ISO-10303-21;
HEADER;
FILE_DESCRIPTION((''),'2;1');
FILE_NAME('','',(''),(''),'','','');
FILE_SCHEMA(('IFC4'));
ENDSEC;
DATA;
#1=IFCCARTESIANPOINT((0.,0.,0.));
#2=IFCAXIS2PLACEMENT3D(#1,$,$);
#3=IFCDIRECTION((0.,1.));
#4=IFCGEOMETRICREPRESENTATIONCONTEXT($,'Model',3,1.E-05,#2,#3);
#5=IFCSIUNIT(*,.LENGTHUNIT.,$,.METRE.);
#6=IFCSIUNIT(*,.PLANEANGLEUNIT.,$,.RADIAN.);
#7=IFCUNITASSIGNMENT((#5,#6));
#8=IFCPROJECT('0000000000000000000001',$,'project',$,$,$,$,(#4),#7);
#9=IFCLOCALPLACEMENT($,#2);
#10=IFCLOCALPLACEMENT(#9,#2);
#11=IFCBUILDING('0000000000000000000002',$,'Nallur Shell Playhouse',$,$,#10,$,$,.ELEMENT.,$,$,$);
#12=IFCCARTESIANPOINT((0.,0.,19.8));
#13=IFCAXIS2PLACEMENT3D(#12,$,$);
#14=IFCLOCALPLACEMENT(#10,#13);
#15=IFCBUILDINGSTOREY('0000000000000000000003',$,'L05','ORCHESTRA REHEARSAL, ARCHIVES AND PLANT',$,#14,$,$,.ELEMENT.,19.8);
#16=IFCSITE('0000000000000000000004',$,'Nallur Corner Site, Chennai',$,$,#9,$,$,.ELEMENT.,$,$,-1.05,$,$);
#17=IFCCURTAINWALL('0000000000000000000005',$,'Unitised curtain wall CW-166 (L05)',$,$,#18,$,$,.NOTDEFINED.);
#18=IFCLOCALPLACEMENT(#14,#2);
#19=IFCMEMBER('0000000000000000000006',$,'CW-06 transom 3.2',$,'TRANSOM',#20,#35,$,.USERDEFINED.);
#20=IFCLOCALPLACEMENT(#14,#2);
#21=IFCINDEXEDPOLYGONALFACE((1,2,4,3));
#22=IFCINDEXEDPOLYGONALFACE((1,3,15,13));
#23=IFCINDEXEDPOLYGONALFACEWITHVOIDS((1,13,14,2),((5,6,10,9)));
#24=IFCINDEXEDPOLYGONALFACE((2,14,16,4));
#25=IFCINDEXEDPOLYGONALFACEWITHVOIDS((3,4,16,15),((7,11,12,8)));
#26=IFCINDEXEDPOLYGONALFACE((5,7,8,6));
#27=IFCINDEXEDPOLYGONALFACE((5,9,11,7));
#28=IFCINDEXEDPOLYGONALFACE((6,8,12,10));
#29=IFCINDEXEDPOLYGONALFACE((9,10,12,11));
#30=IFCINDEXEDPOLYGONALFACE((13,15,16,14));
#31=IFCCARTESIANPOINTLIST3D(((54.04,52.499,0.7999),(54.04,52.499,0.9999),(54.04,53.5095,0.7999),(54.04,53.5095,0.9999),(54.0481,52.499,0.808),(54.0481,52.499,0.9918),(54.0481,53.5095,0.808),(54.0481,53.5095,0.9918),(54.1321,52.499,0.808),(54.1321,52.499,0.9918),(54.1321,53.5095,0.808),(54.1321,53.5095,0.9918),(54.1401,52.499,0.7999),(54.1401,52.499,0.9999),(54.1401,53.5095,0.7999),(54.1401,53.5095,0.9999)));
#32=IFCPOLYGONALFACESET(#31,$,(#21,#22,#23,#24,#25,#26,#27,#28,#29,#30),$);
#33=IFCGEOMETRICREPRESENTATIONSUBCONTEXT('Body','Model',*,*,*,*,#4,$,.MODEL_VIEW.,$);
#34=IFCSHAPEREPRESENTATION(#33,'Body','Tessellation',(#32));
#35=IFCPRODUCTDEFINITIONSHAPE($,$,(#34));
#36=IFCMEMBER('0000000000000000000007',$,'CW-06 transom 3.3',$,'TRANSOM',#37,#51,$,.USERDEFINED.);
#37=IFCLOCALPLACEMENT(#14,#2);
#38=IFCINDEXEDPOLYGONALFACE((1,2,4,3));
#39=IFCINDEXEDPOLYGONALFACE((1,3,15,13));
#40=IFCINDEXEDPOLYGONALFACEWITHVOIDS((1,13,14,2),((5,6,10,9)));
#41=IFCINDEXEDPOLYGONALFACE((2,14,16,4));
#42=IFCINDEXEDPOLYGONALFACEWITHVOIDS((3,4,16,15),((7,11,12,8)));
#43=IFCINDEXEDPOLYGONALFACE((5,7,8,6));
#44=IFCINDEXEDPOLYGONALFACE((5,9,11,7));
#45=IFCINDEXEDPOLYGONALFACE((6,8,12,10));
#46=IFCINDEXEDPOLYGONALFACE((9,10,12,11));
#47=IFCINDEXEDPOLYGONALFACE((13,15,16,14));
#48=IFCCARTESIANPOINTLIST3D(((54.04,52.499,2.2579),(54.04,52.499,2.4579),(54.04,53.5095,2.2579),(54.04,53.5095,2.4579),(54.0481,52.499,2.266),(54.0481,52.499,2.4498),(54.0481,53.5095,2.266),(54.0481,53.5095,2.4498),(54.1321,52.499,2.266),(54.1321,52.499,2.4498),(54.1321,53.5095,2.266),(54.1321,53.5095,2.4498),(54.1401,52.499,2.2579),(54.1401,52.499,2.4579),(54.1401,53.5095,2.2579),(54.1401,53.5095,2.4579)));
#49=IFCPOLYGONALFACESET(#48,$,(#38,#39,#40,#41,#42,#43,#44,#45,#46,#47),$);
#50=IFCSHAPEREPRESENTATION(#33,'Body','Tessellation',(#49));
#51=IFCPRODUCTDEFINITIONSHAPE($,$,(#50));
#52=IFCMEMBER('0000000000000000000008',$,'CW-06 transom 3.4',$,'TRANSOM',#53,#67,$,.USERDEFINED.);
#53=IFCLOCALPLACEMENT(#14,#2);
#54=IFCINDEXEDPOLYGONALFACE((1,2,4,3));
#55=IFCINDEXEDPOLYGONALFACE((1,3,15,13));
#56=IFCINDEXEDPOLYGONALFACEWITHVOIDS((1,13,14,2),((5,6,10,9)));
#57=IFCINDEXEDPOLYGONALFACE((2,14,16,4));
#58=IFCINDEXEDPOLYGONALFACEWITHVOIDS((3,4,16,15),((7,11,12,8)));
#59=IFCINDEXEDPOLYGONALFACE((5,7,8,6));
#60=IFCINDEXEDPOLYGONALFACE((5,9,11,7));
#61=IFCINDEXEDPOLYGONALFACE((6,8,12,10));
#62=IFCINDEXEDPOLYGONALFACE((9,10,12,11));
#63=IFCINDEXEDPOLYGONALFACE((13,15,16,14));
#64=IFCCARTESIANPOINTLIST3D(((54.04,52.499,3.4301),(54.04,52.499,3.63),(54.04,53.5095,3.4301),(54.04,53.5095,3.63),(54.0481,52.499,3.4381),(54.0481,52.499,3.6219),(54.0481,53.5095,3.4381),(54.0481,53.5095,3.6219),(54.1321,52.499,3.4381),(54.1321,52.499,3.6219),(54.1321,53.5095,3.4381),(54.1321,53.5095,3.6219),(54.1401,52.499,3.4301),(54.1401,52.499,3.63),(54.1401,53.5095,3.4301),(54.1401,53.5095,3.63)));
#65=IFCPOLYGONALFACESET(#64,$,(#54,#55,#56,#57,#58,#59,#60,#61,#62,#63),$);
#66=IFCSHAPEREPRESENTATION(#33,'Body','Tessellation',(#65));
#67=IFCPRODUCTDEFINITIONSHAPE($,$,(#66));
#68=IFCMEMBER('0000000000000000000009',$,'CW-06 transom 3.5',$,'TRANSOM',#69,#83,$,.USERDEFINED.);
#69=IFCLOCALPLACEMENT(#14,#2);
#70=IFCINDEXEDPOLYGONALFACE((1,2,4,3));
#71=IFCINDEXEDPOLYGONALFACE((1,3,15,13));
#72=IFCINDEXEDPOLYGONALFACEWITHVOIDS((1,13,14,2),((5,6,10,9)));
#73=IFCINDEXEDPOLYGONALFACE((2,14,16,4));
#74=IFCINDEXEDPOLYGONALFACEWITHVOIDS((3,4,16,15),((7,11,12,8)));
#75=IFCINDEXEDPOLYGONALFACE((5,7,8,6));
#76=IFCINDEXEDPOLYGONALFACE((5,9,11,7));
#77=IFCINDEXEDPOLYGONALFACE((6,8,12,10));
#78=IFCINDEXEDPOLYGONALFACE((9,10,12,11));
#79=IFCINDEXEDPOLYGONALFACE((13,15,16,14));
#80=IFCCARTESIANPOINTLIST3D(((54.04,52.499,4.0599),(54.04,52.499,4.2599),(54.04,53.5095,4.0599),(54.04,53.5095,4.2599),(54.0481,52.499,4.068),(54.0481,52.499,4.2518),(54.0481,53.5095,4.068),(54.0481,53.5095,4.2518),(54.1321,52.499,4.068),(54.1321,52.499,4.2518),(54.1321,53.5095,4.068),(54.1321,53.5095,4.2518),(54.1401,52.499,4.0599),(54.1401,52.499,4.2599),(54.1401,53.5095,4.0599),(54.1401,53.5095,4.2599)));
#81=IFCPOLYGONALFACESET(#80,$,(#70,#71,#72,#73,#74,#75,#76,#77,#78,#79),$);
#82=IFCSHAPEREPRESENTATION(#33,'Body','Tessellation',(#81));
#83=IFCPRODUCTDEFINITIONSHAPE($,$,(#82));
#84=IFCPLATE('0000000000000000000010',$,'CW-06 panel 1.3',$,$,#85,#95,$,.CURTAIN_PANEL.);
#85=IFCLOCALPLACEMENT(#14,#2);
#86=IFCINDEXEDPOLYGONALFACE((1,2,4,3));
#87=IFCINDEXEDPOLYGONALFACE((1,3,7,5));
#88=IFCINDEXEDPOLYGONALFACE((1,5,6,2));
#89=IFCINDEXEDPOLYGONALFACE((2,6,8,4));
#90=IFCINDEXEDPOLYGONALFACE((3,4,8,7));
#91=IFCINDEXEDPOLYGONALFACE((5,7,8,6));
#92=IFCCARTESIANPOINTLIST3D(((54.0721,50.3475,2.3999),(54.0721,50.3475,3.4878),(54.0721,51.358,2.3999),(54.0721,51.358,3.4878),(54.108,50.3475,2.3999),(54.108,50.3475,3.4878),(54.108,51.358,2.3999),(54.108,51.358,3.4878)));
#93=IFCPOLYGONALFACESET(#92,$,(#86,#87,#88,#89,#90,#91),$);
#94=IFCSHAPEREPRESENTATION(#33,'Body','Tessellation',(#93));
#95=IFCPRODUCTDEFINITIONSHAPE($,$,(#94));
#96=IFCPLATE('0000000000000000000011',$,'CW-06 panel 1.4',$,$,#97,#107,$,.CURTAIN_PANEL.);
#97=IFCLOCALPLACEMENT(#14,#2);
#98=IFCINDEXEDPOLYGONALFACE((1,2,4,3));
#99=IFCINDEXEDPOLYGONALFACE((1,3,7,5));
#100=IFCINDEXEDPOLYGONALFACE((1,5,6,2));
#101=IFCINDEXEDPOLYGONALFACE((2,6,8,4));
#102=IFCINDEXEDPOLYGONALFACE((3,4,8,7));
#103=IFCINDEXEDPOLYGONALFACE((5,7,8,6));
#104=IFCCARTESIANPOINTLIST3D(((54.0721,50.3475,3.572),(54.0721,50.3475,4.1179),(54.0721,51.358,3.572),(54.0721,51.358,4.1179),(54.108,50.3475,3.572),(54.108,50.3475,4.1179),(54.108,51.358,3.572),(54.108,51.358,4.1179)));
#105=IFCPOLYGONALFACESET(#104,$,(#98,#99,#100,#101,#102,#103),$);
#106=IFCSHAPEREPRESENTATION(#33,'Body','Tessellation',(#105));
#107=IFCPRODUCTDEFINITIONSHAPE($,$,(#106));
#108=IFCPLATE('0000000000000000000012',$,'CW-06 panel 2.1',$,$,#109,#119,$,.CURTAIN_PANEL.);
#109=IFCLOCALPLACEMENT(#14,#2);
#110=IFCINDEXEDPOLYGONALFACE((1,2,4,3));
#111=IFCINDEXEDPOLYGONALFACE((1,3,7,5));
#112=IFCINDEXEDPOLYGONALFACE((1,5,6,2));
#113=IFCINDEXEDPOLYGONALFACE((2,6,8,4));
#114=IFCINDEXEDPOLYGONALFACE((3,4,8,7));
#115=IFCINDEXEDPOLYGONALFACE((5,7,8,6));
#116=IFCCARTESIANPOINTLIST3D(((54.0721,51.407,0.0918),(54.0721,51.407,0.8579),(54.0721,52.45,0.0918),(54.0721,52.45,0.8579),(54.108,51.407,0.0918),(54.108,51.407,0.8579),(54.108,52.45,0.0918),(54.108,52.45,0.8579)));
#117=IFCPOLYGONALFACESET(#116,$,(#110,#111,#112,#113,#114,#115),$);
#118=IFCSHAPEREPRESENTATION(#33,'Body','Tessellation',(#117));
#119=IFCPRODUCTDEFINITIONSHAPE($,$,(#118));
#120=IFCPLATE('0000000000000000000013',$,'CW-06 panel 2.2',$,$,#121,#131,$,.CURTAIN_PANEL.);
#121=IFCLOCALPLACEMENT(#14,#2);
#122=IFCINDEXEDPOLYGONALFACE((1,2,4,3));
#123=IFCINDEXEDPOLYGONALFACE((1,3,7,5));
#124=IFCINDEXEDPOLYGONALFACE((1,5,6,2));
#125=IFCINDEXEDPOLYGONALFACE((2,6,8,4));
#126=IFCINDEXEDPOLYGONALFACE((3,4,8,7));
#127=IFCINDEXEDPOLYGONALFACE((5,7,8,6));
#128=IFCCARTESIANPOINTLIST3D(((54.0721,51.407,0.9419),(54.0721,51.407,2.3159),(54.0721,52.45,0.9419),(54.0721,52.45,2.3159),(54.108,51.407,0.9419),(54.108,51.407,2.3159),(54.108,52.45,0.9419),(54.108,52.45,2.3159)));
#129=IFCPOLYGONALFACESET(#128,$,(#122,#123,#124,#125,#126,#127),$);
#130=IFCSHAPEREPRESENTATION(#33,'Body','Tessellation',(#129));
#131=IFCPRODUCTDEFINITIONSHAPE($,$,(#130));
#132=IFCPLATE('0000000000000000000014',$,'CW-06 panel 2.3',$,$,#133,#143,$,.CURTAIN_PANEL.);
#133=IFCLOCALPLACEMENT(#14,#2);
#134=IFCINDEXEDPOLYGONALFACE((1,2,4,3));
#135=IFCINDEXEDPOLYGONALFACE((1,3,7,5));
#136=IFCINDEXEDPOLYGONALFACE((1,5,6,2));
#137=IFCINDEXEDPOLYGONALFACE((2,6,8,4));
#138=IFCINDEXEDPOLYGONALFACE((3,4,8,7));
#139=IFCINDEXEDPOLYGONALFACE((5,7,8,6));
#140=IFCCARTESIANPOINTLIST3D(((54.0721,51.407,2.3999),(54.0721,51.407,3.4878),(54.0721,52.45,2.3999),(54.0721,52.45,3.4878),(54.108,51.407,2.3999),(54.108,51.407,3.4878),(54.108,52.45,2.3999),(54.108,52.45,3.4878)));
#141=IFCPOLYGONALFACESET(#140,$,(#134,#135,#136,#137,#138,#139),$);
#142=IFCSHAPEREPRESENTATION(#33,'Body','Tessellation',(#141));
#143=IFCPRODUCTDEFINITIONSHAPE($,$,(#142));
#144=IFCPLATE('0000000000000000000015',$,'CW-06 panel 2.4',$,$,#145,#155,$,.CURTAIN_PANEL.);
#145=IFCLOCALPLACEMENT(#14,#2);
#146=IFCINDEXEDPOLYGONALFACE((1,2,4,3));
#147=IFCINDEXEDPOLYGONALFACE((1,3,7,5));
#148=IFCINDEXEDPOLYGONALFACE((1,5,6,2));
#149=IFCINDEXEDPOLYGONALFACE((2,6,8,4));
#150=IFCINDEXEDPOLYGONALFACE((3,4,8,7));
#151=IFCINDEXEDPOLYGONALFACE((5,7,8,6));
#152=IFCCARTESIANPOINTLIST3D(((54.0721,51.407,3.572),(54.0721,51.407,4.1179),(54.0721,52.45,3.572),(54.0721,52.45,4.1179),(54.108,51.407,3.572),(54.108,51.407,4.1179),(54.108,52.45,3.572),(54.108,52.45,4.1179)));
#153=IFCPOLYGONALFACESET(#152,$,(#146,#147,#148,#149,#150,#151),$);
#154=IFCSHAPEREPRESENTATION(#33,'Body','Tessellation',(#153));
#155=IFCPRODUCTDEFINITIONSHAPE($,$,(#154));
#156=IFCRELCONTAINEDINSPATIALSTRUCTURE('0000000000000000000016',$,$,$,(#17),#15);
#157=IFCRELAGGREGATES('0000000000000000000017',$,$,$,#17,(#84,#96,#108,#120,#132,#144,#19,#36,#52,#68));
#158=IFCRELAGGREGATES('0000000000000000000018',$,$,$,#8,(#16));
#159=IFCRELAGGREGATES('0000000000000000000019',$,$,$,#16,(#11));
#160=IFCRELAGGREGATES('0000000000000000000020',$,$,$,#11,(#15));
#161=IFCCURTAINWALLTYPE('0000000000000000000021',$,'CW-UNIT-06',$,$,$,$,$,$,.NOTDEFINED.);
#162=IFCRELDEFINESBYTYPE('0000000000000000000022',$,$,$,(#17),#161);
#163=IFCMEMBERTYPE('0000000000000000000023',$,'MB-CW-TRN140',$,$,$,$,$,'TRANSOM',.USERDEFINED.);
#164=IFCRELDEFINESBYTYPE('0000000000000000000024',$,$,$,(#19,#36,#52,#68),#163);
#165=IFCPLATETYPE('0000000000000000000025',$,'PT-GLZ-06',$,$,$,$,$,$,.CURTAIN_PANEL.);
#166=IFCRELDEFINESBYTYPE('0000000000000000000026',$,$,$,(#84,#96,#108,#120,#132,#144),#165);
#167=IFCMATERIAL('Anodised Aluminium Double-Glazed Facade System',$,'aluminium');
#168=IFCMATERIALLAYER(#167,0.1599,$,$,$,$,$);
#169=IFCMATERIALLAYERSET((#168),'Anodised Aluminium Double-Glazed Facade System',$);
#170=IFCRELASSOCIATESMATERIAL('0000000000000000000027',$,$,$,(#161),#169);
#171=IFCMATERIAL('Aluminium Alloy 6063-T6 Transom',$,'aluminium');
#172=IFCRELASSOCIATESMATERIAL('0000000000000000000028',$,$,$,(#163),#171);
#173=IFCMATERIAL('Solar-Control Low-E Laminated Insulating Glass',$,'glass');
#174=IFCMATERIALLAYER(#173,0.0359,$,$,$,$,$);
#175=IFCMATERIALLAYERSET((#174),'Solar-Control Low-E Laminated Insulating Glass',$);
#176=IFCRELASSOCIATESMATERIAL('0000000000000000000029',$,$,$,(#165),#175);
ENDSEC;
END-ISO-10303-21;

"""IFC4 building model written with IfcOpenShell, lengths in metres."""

from ifc_helpers import new_model, si_unit, direction, frame, origin, origin_2d, place, context, subcontext, project, spatial, rectangle, hollow_rectangle, extrude, material, layer, layer_set, material_profile, profile_set, type_object, element, aggregate, save


model = new_model("IFC4")

# Units and contexts
model_context = context("Model", 3, precision=1e-05, world=origin(), true_north=direction((0.0, 1.0)))
body_context = subcontext(model_context, "Body", "Model", "MODEL_VIEW")
ifc_project = project(units=[si_unit("LENGTHUNIT", "METRE"), si_unit("PLANEANGLEUNIT", "RADIAN")], contexts=[model_context])

# Site, building, storey
site_placement = place(None, origin())
site = spatial("IfcSite", under=ifc_project, at=site_placement, Name="Nallur Corner Site, Chennai", CompositionType="ELEMENT", RefElevation=-1.05)
building_placement = place(site_placement, origin())
building = spatial("IfcBuilding", under=site, at=building_placement, Name="Nallur Shell Playhouse", CompositionType="ELEMENT")
storey_placement = place(building_placement, frame((0.0, 0.0, 19.8)))
storey = spatial("IfcBuildingStorey", under=building, at=storey_placement, Name="L05", Description="ORCHESTRA REHEARSAL, ARCHIVES AND PLANT", CompositionType="ELEMENT", Elevation=19.8)

# Curtain wall, members, plates
ifc_material_1 = material(Name="Anodised Aluminium Double-Glazed Facade System", Category="aluminium")
ifc_layer_1 = layer(ifc_material_1, 0.1599)
ifc_layer_set_1 = layer_set([ifc_layer_1], Name="Anodised Aluminium Double-Glazed Facade System")
curtain_wall_type = type_object("IfcCurtainWallType", Name="CW-UNIT-06", PredefinedType="NOTDEFINED", material=ifc_layer_set_1)
curtain_wall_placement = place(storey_placement, origin())
curtain_wall = element("IfcCurtainWall", 1, at=curtain_wall_placement, inside=storey, type_object=curtain_wall_type, Name="Unitised curtain wall CW-166 (L05)", PredefinedType="NOTDEFINED")
ifc_material_2 = material(Name="Aluminium Alloy 6063-T6 Transom", Category="aluminium")
ifc_material_profile_1 = material_profile(ifc_material_2, hollow_rectangle(XDim=0.1001, YDim=0.2, WallThickness=0.0081, at=origin_2d()), Name="RHS 200x100x8")
ifc_profile_set_1 = profile_set([ifc_material_profile_1], Name="Aluminium Alloy 6063-T6 Transom")
member_type_1 = type_object("IfcMemberType", Name="MB-CW-TRN140", ElementType="TRANSOM", PredefinedType="USERDEFINED", material=ifc_profile_set_1)
member_1_placement = place(storey_placement, frame((54.0901, 52.499, 0.8999), z_axis=(0.0, 1.0, 0.0), x_axis=(-1.0, 0.0, 0.0)))
member_1 = element("IfcMember", 2, at=member_1_placement, type_object=member_type_1, Name="CW-06 transom 3.2", ObjectType="TRANSOM", PredefinedType="USERDEFINED", context=body_context, shape_type="SweptSolid", body=[
    extrude(hollow_rectangle(XDim=0.1001, YDim=0.2, WallThickness=0.0081, at=origin_2d()), origin(), (0.0, 0.0, 1.0), 1.0105),
])
member_2_placement = place(storey_placement, frame((54.0901, 52.499, 2.3579), z_axis=(0.0, 1.0, 0.0), x_axis=(-1.0, 0.0, 0.0)))
member_2 = element("IfcMember", 3, at=member_2_placement, type_object=member_type_1, Name="CW-06 transom 3.3", ObjectType="TRANSOM", PredefinedType="USERDEFINED", context=body_context, shape_type="SweptSolid", body=[
    extrude(hollow_rectangle(XDim=0.1001, YDim=0.2, WallThickness=0.0081, at=origin_2d()), origin(), (0.0, 0.0, 1.0), 1.0105),
])
member_3_placement = place(storey_placement, frame((54.0901, 52.499, 3.53), z_axis=(0.0, 1.0, 0.0), x_axis=(-1.0, 0.0, 0.0)))
member_3 = element("IfcMember", 4, at=member_3_placement, type_object=member_type_1, Name="CW-06 transom 3.4", ObjectType="TRANSOM", PredefinedType="USERDEFINED", context=body_context, shape_type="SweptSolid", body=[
    extrude(hollow_rectangle(XDim=0.1001, YDim=0.2, WallThickness=0.0081, at=origin_2d()), origin(), (0.0, 0.0, 1.0), 1.0105),
])
member_4_placement = place(storey_placement, frame((54.0901, 52.499, 4.1599), z_axis=(0.0, 1.0, 0.0), x_axis=(-1.0, 0.0, 0.0)))
member_4 = element("IfcMember", 5, at=member_4_placement, type_object=member_type_1, Name="CW-06 transom 3.5", ObjectType="TRANSOM", PredefinedType="USERDEFINED", context=body_context, shape_type="SweptSolid", body=[
    extrude(hollow_rectangle(XDim=0.1001, YDim=0.2, WallThickness=0.0081, at=origin_2d()), origin(), (0.0, 0.0, 1.0), 1.0105),
])
ifc_material_3 = material(Name="Solar-Control Low-E Laminated Insulating Glass", Category="glass")
ifc_layer_2 = layer(ifc_material_3, 0.0359)
ifc_layer_set_2 = layer_set([ifc_layer_2], Name="Solar-Control Low-E Laminated Insulating Glass")
plate_type = type_object("IfcPlateType", Name="PT-GLZ-06", PredefinedType="CURTAIN_PANEL", material=ifc_layer_set_2)
plate_1_placement = place(storey_placement, frame((54.0901, 50.8528, 2.3999), z_axis=(0.0, 0.0, 1.0), x_axis=(0.0, 1.0, 0.0)))
plate_1 = element("IfcPlate", 6, at=plate_1_placement, type_object=plate_type, Name="CW-06 panel 1.3", PredefinedType="CURTAIN_PANEL", context=body_context, shape_type="SweptSolid", body=[
    extrude(rectangle(XDim=1.0105, YDim=0.0359, at=origin_2d()), origin(), (0.0, 0.0, 1.0), 1.0879),
])
plate_2_placement = place(storey_placement, frame((54.0901, 50.8528, 3.572), z_axis=(0.0, 0.0, 1.0), x_axis=(0.0, 1.0, 0.0)))
plate_2 = element("IfcPlate", 7, at=plate_2_placement, type_object=plate_type, Name="CW-06 panel 1.4", PredefinedType="CURTAIN_PANEL", context=body_context, shape_type="SweptSolid", body=[
    extrude(rectangle(XDim=1.0105, YDim=0.0359, at=origin_2d()), origin(), (0.0, 0.0, 1.0), 0.5459),
])
plate_3_placement = place(storey_placement, frame((54.0901, 51.9285, 0.0918), z_axis=(0.0, 0.0, 1.0), x_axis=(0.0, 1.0, 0.0)))
plate_3 = element("IfcPlate", 8, at=plate_3_placement, type_object=plate_type, Name="CW-06 panel 2.1", PredefinedType="CURTAIN_PANEL", context=body_context, shape_type="SweptSolid", body=[
    extrude(rectangle(XDim=1.043, YDim=0.0359, at=origin_2d()), origin(), (0.0, 0.0, 1.0), 0.7661),
])
plate_4_placement = place(storey_placement, frame((54.0901, 51.9285, 0.9419), z_axis=(0.0, 0.0, 1.0), x_axis=(0.0, 1.0, 0.0)))
plate_4 = element("IfcPlate", 9, at=plate_4_placement, type_object=plate_type, Name="CW-06 panel 2.2", PredefinedType="CURTAIN_PANEL", context=body_context, shape_type="SweptSolid", body=[
    extrude(rectangle(XDim=1.043, YDim=0.0359, at=origin_2d()), origin(), (0.0, 0.0, 1.0), 1.374),
])
plate_5_placement = place(storey_placement, frame((54.0901, 51.9285, 2.3999), z_axis=(0.0, 0.0, 1.0), x_axis=(0.0, 1.0, 0.0)))
plate_5 = element("IfcPlate", 10, at=plate_5_placement, type_object=plate_type, Name="CW-06 panel 2.3", PredefinedType="CURTAIN_PANEL", context=body_context, shape_type="SweptSolid", body=[
    extrude(rectangle(XDim=1.043, YDim=0.0359, at=origin_2d()), origin(), (0.0, 0.0, 1.0), 1.0879),
])
plate_6_placement = place(storey_placement, frame((54.0901, 51.9285, 3.572), z_axis=(0.0, 0.0, 1.0), x_axis=(0.0, 1.0, 0.0)))
plate_6 = element("IfcPlate", 11, at=plate_6_placement, type_object=plate_type, Name="CW-06 panel 2.4", PredefinedType="CURTAIN_PANEL", context=body_context, shape_type="SweptSolid", body=[
    extrude(rectangle(XDim=1.043, YDim=0.0359, at=origin_2d()), origin(), (0.0, 0.0, 1.0), 0.5459),
])
aggregate(curtain_wall, [plate_1, plate_2, plate_3, plate_4, plate_5, plate_6, member_1, member_2, member_3, member_4])

save(model, "model.ifc")
